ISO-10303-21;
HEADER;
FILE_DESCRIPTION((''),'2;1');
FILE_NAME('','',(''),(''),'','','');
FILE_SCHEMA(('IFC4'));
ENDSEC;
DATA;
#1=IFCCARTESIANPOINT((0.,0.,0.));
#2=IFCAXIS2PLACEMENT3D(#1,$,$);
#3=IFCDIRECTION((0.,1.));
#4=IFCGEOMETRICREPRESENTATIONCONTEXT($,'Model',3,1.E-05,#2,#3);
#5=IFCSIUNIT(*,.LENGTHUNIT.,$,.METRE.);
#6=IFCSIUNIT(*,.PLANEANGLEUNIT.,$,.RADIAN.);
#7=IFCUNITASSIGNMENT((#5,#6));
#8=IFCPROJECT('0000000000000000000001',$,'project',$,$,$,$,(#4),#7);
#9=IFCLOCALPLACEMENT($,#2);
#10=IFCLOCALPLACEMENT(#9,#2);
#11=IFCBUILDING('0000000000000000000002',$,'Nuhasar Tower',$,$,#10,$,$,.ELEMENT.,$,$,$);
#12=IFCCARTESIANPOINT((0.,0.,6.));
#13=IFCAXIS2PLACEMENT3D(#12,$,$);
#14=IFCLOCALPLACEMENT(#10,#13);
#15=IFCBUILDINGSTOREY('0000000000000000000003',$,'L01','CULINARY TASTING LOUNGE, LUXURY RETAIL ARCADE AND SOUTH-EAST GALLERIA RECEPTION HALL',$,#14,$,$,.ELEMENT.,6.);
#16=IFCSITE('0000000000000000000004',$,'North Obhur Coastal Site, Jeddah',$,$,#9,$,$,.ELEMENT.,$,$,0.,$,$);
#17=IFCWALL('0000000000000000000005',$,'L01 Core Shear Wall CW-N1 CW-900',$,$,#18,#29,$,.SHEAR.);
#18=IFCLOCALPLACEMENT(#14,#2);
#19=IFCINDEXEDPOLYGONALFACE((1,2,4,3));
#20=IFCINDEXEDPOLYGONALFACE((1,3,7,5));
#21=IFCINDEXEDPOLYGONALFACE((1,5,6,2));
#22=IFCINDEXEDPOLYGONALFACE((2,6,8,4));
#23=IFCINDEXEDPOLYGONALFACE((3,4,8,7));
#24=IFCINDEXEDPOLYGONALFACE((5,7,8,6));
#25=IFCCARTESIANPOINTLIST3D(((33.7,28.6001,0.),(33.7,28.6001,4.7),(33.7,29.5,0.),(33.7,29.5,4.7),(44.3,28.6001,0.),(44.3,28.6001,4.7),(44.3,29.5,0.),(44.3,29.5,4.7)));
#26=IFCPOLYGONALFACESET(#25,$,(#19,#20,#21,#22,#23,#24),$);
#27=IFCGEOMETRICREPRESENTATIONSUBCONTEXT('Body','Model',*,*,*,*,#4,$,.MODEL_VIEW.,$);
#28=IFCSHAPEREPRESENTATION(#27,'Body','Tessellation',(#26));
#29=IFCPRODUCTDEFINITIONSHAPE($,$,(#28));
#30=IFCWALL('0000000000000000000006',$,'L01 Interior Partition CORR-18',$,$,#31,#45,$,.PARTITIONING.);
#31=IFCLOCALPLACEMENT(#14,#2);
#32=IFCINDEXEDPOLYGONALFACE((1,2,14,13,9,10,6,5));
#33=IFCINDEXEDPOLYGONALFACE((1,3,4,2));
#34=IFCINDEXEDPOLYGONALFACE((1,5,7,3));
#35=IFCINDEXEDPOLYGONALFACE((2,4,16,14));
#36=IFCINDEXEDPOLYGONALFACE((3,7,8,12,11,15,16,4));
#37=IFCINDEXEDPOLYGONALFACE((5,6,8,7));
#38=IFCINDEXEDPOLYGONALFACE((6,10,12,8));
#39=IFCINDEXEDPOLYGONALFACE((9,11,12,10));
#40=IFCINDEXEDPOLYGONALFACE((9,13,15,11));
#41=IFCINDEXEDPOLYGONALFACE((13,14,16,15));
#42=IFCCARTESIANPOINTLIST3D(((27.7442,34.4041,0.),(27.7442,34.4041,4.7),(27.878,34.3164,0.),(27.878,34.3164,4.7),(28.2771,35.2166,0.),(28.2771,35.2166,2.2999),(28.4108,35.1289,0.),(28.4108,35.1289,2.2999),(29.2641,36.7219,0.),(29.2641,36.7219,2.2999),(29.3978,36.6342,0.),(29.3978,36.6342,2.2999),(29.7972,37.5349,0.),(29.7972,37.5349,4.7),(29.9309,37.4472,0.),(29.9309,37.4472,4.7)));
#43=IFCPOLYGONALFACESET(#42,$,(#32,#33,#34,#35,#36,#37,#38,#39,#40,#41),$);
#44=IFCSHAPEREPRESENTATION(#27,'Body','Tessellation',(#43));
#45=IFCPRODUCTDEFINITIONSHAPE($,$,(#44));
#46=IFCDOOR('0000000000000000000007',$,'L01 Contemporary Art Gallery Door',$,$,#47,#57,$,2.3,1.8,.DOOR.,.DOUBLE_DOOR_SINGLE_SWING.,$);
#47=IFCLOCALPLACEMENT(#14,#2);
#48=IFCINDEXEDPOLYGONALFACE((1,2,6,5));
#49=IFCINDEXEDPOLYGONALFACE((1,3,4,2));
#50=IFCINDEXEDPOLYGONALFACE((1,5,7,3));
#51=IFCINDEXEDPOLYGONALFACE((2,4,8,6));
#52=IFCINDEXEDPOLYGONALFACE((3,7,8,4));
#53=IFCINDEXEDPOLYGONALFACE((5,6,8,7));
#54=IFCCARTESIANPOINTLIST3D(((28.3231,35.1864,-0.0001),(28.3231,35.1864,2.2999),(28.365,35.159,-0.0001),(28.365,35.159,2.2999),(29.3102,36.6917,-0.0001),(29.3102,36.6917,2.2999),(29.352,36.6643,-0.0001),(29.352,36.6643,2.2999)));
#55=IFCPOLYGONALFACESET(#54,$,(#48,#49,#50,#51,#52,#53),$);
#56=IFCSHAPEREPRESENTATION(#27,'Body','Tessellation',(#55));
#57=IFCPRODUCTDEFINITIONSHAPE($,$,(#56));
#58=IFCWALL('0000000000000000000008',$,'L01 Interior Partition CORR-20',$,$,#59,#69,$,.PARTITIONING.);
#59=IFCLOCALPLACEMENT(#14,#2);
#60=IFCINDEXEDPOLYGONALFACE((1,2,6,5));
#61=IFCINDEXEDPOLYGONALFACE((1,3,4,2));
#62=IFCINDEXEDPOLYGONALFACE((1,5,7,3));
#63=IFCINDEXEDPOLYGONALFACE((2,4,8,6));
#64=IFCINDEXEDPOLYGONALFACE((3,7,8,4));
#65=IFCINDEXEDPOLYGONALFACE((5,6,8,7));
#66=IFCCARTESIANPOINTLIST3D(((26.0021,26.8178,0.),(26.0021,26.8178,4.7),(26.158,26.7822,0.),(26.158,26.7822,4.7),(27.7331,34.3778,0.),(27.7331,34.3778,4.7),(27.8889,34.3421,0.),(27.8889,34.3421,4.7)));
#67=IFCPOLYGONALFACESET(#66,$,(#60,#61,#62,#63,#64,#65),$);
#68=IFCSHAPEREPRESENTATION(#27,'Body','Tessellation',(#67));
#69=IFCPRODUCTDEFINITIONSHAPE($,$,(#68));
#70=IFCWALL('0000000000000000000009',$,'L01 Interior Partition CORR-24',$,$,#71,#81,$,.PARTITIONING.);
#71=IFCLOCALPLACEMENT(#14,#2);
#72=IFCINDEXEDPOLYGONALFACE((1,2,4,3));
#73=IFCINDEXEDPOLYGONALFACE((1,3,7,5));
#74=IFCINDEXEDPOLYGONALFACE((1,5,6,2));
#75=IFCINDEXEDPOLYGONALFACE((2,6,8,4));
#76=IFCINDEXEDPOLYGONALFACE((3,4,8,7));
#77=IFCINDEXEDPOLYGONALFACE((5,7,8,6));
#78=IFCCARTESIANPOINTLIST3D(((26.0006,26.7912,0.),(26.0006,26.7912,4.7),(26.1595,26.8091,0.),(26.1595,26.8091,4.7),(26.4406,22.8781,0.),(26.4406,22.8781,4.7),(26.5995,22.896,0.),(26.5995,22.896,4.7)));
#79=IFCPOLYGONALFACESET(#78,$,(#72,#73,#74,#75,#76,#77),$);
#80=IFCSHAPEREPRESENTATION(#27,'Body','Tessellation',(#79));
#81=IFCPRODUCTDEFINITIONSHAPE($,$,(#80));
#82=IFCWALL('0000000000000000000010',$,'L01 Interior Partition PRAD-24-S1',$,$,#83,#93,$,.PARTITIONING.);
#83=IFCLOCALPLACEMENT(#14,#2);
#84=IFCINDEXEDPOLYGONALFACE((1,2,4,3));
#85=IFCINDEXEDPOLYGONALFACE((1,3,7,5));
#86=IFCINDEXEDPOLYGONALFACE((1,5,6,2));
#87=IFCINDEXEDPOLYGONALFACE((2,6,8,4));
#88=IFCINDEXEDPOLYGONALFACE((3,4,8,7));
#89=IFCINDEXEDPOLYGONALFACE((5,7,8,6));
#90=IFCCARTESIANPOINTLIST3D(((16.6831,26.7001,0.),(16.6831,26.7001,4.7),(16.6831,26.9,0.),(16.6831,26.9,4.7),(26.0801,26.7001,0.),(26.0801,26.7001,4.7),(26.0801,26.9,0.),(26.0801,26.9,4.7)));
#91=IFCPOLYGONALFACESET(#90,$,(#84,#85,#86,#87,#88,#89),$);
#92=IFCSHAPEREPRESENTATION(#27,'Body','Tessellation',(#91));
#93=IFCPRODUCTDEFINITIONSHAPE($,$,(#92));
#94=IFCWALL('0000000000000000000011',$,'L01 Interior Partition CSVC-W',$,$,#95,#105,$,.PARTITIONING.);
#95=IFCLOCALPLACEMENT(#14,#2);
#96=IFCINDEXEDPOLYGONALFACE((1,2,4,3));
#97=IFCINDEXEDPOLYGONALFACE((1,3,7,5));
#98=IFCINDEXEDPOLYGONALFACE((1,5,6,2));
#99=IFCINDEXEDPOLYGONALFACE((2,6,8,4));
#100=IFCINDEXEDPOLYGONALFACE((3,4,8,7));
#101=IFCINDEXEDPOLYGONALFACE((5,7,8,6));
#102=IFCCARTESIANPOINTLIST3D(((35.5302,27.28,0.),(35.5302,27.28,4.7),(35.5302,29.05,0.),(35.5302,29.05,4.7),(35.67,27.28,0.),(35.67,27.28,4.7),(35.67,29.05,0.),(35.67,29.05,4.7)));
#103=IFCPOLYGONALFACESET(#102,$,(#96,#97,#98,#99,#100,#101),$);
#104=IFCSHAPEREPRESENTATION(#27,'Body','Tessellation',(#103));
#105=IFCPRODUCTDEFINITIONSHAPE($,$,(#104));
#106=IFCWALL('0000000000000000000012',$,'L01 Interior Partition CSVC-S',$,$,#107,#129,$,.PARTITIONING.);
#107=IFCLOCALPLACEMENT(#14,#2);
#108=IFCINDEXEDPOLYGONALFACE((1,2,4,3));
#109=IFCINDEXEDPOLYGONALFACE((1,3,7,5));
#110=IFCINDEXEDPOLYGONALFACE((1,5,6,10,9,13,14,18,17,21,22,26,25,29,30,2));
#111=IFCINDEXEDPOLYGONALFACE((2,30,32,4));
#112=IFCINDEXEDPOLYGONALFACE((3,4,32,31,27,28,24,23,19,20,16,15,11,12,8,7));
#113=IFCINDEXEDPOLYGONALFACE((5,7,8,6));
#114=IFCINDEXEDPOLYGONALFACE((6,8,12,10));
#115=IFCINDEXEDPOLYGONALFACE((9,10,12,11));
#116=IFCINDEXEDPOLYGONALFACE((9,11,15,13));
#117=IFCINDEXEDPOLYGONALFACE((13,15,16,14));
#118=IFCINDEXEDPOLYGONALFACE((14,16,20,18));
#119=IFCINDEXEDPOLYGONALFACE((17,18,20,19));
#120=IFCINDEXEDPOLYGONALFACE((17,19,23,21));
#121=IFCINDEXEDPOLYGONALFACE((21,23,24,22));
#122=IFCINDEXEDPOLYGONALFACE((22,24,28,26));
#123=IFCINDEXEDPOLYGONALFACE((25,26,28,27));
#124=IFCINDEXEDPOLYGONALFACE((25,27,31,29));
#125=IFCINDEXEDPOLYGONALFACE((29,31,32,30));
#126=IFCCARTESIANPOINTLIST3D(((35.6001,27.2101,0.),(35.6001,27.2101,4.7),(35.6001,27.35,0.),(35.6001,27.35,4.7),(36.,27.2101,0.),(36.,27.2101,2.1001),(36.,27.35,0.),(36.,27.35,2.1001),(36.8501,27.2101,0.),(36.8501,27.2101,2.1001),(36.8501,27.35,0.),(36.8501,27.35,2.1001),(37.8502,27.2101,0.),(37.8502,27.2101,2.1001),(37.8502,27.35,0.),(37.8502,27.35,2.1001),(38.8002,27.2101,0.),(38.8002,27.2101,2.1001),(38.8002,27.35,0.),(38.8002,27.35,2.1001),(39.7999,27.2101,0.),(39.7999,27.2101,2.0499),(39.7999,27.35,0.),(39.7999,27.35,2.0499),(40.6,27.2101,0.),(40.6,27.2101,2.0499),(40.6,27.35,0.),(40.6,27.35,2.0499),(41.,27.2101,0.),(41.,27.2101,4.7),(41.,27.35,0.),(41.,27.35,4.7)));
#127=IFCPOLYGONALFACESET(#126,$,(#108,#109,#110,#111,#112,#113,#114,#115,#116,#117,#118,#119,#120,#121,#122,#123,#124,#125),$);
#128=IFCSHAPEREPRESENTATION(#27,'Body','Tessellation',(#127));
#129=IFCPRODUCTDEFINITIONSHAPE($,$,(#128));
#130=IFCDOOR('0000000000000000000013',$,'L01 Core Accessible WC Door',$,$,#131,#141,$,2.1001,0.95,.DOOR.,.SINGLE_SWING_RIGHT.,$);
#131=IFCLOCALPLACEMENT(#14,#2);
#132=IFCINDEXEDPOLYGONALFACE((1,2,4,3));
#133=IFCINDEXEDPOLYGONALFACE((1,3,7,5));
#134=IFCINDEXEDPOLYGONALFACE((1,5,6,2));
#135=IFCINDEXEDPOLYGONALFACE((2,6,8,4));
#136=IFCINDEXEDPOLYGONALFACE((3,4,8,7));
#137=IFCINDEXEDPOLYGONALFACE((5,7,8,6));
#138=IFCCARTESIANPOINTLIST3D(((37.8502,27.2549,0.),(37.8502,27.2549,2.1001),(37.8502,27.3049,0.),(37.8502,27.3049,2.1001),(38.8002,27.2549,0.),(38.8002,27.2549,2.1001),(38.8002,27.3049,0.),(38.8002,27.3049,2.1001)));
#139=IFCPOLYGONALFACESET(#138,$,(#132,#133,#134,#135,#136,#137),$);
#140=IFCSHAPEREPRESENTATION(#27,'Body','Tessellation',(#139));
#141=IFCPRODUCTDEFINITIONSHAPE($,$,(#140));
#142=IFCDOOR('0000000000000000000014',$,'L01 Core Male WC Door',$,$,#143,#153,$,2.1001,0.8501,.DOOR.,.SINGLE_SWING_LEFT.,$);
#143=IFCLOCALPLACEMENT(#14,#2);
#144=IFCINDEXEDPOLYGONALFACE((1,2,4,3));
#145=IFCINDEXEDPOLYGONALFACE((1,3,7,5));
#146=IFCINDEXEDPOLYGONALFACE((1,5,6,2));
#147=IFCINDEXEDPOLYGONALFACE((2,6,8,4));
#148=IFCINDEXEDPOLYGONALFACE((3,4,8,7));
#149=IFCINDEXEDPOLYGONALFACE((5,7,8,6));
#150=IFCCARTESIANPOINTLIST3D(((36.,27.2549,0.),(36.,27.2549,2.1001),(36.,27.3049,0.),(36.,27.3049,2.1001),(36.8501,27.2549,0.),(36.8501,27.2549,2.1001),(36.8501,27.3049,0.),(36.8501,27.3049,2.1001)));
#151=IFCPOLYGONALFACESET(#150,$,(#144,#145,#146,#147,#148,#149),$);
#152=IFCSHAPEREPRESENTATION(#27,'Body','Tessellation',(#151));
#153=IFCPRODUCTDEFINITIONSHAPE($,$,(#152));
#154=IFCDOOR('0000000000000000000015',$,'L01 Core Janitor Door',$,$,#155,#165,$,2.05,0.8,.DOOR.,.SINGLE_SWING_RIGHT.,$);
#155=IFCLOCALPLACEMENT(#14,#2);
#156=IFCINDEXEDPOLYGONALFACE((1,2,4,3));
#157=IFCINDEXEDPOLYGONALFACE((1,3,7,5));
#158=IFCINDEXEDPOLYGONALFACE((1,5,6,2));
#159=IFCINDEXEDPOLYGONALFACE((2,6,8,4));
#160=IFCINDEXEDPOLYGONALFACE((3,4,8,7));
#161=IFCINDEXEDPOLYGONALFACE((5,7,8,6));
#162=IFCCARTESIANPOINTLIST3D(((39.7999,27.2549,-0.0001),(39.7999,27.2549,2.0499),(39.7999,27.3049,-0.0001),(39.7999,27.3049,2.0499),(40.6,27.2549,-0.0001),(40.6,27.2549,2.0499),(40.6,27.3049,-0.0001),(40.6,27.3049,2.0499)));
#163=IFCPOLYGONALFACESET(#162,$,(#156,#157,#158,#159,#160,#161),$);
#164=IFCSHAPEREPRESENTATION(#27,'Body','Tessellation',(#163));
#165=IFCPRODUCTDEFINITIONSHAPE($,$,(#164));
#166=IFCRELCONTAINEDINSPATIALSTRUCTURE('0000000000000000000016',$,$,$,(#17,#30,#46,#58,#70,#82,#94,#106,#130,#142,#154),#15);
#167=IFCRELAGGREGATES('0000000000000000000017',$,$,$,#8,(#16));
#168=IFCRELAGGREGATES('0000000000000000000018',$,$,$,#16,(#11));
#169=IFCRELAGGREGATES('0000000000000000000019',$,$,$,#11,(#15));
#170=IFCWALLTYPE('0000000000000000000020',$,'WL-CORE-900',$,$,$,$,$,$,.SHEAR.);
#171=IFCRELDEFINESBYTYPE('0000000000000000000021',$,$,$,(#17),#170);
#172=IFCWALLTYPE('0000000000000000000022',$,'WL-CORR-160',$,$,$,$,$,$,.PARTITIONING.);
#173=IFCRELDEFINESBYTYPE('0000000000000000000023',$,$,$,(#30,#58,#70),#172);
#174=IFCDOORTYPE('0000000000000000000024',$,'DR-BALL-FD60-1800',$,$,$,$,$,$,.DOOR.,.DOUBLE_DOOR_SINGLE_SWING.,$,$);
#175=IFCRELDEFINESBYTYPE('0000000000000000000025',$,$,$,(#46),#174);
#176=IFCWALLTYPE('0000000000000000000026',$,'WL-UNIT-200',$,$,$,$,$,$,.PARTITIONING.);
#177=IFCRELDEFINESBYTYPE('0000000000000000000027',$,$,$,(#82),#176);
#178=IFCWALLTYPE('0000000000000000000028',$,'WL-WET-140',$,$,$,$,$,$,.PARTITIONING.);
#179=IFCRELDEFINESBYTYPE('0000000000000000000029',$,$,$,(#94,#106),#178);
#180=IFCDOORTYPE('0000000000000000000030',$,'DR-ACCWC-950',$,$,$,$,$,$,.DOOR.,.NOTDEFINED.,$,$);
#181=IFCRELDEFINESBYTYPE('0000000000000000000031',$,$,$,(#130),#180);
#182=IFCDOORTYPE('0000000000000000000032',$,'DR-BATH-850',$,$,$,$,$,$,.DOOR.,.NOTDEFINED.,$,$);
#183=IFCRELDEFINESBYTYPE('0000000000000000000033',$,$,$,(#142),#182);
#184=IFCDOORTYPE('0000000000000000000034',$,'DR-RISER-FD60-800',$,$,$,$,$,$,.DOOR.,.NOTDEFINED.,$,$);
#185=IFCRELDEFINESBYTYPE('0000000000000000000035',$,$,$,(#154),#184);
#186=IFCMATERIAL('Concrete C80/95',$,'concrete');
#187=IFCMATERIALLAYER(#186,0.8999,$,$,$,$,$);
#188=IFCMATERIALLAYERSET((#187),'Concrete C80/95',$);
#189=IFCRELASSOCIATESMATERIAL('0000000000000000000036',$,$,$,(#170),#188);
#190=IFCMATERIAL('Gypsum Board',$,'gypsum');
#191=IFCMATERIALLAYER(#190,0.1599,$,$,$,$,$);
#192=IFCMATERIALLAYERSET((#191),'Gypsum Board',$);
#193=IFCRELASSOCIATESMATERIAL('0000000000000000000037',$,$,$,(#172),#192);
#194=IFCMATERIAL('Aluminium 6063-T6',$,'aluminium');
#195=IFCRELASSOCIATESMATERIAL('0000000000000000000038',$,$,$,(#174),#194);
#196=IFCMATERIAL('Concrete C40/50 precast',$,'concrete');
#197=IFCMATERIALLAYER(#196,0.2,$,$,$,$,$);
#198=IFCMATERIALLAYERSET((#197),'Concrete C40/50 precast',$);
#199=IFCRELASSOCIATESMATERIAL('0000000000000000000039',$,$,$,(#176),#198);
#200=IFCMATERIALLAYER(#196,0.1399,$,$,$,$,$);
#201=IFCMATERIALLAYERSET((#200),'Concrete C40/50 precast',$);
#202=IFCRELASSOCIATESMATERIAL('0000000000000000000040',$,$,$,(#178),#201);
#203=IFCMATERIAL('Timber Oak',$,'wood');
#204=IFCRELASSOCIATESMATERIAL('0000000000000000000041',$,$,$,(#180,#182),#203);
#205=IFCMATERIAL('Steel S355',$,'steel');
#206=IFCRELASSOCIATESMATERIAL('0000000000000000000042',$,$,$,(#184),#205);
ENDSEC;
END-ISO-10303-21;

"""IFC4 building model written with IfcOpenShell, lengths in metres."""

from ifc_helpers import new_model, si_unit, direction, frame, frame_2d, origin, place, context, subcontext, project, spatial, rectangle, extrude, material, layer, layer_set, type_object, element, fill, save


model = new_model("IFC4")

# Units and contexts
model_context = context("Model", 3, precision=1e-05, world=origin(), true_north=direction((0.0, 1.0)))
body_context = subcontext(model_context, "Body", "Model", "MODEL_VIEW")
ifc_project = project(units=[si_unit("LENGTHUNIT", "METRE"), si_unit("PLANEANGLEUNIT", "RADIAN")], contexts=[model_context])

# Site, building, storey
site_placement = place(None, origin())
site = spatial("IfcSite", under=ifc_project, at=site_placement, Name="North Obhur Coastal Site, Jeddah", CompositionType="ELEMENT", RefElevation=0.0)
building_placement = place(site_placement, origin())
building = spatial("IfcBuilding", under=site, at=building_placement, Name="Nuhasar Tower", CompositionType="ELEMENT")
storey_placement = place(building_placement, frame((0.0, 0.0, 6.0)))
storey = spatial("IfcBuildingStorey", under=building, at=storey_placement, Name="L01", Description="CULINARY TASTING LOUNGE, LUXURY RETAIL ARCADE AND SOUTH-EAST GALLERIA RECEPTION HALL", CompositionType="ELEMENT", Elevation=6.0)

# Shared definitions
ifc_material_1 = material(Name="Concrete C80/95", Category="concrete")

# Shared definitions
ifc_material_2 = material(Name="Steel S355", Category="steel")

# Wall
ifc_layer_1 = layer(ifc_material_1, 0.8999)
ifc_layer_set_1 = layer_set([ifc_layer_1], Name="Concrete C80/95")
wall_type_1 = type_object("IfcWallType", Name="WL-CORE-900", PredefinedType="SHEAR", material=ifc_layer_set_1)
wall_1_placement = place(storey_placement, frame((33.7, 29.05, 0.0), z_axis=(0.0, 0.0, 1.0), x_axis=(1.0, 0.0, 0.0)))
element("IfcWall", 1, at=wall_1_placement, inside=storey, type_object=wall_type_1, Name="L01 Core Shear Wall CW-N1 CW-900", PredefinedType="SHEAR", context=body_context, shape_type="SweptSolid", body=[
    extrude(rectangle(XDim=10.6001, YDim=0.8999, at=frame_2d((5.3, 0.0))), origin(), (0.0, 0.0, 1.0), 4.7),
])

# Wall, opening, door
ifc_material_3 = material(Name="Gypsum Board", Category="gypsum")
ifc_layer_2 = layer(ifc_material_3, 0.1599)
ifc_layer_set_2 = layer_set([ifc_layer_2], Name="Gypsum Board")
wall_type_2 = type_object("IfcWallType", Name="WL-CORR-160", PredefinedType="PARTITIONING", material=ifc_layer_set_2)
wall_2_placement = place(storey_placement, frame((27.811, 34.3601, 0.0), z_axis=(0.0, 0.0, 1.0), x_axis=(0.548349, 0.83625, 0.0)))
wall_2 = element("IfcWall", 2, at=wall_2_placement, inside=storey, type_object=wall_type_2, Name="L01 Interior Partition CORR-18", PredefinedType="PARTITIONING", context=body_context, shape_type="SweptSolid", body=[
    extrude(rectangle(XDim=3.7439, YDim=0.1599, at=frame_2d((1.8721, 0.0))), origin(), (0.0, 0.0, 1.0), 4.7),
])
opening_1_placement = place(wall_2_placement, frame((0.9719, 0.0, 0.0)))
opening_1 = element("IfcOpeningElement", 3, at=opening_1_placement, cuts=wall_2, PredefinedType="OPENING", context=body_context, shape_type="SweptSolid", body=[
    extrude(rectangle(XDim=1.8, YDim=2.3, at=frame_2d((0.8999, 1.1499))), frame((0.0, 0.0898, 0.0), z_axis=(0.0, -1.0, 0.0), x_axis=(1.0, 0.0, 0.0)), (0.0, 0.0, 1.0), 0.1799),
])
ifc_material_4 = material(Name="Aluminium 6063-T6", Category="aluminium")
door_type_1 = type_object("IfcDoorType", Name="DR-BALL-FD60-1800", OperationType="DOUBLE_DOOR_SINGLE_SWING", PredefinedType="DOOR", material=ifc_material_4)
door_1_placement = place(opening_1_placement, origin())
door_1 = element("IfcDoor", 4, at=door_1_placement, inside=storey, type_object=door_type_1, Name="L01 Contemporary Art Gallery Door", OperationType="DOUBLE_DOOR_SINGLE_SWING", OverallHeight=2.3, OverallWidth=1.8, PredefinedType="DOOR", context=body_context, shape_type="SweptSolid", body=[
    extrude(rectangle(XDim=1.8, YDim=2.3, at=frame_2d((0.8999, 1.1499))), frame((0.0, 0.0249, 0.0), z_axis=(0.0, -1.0, 0.0), x_axis=(1.0, 0.0, 0.0)), (0.0, 0.0, 1.0), 0.05),
])
fill(opening_1, door_1)

# Walls
wall_3_placement = place(storey_placement, frame((27.811, 34.3601, 0.0), z_axis=(0.0, 0.0, 1.0), x_axis=(-0.223185, -0.974776, 0.0)))
element("IfcWall", 5, at=wall_3_placement, inside=storey, type_object=wall_type_2, Name="L01 Interior Partition CORR-20", PredefinedType="PARTITIONING", context=body_context, shape_type="SweptSolid", body=[
    extrude(rectangle(XDim=7.7556, YDim=0.1599, at=frame_2d((3.8779, 0.0))), origin(), (0.0, 0.0, 1.0), 4.7),
])
wall_4_placement = place(storey_placement, frame((26.0801, 26.8, 0.0), z_axis=(0.0, 0.0, 1.0), x_axis=(0.111724, -0.993739, 0.0)))
element("IfcWall", 6, at=wall_4_placement, inside=storey, type_object=wall_type_2, Name="L01 Interior Partition CORR-24", PredefinedType="PARTITIONING", context=body_context, shape_type="SweptSolid", body=[
    extrude(rectangle(XDim=3.9377, YDim=0.1599, at=frame_2d((1.9688, 0.0))), origin(), (0.0, 0.0, 1.0), 4.7),
])
ifc_material_5 = material(Name="Concrete C40/50 precast", Category="concrete")
ifc_layer_3 = layer(ifc_material_5, 0.2)
ifc_layer_set_3 = layer_set([ifc_layer_3], Name="Concrete C40/50 precast")
wall_type_3 = type_object("IfcWallType", Name="WL-UNIT-200", PredefinedType="PARTITIONING", material=ifc_layer_set_3)
wall_5_placement = place(storey_placement, frame((26.0801, 26.8, 0.0), z_axis=(0.0, 0.0, 1.0), x_axis=(-1.0, 0.0, 0.0)))
element("IfcWall", 7, at=wall_5_placement, inside=storey, type_object=wall_type_3, Name="L01 Interior Partition PRAD-24-S1", PredefinedType="PARTITIONING", context=body_context, shape_type="SweptSolid", body=[
    extrude(rectangle(XDim=9.397, YDim=0.2, at=frame_2d((4.6985, 0.0))), origin(), (0.0, 0.0, 1.0), 4.7),
])
ifc_layer_4 = layer(ifc_material_5, 0.1399)
ifc_layer_set_4 = layer_set([ifc_layer_4], Name="Concrete C40/50 precast")
wall_type_4 = type_object("IfcWallType", Name="WL-WET-140", PredefinedType="PARTITIONING", material=ifc_layer_set_4)
wall_6_placement = place(storey_placement, frame((35.6001, 27.28, 0.0), z_axis=(0.0, 0.0, 1.0), x_axis=(0.0, 1.0, 0.0)))
element("IfcWall", 8, at=wall_6_placement, inside=storey, type_object=wall_type_4, Name="L01 Interior Partition CSVC-W", PredefinedType="PARTITIONING", context=body_context, shape_type="SweptSolid", body=[
    extrude(rectangle(XDim=1.77, YDim=0.1399, at=frame_2d((0.885, 0.0))), origin(), (0.0, 0.0, 1.0), 4.7),
])

# Wall, openings, doors
wall_7_placement = place(storey_placement, frame((35.6001, 27.28, 0.0), z_axis=(0.0, 0.0, 1.0), x_axis=(1.0, 0.0, 0.0)))
wall_7 = element("IfcWall", 9, at=wall_7_placement, inside=storey, type_object=wall_type_4, Name="L01 Interior Partition CSVC-S", PredefinedType="PARTITIONING", context=body_context, shape_type="SweptSolid", body=[
    extrude(rectangle(XDim=5.3999, YDim=0.1399, at=frame_2d((2.7, 0.0))), origin(), (0.0, 0.0, 1.0), 4.7),
])
opening_2_placement = place(wall_7_placement, frame((0.3999, 0.0, 0.0)))
opening_2 = element("IfcOpeningElement", 10, at=opening_2_placement, cuts=wall_7, PredefinedType="OPENING", context=body_context, shape_type="SweptSolid", body=[
    extrude(rectangle(XDim=0.8501, YDim=2.1001, at=frame_2d((0.425, 1.05))), frame((0.0, 0.0801, 0.0), z_axis=(0.0, -1.0, 0.0), x_axis=(1.0, 0.0, 0.0)), (0.0, 0.0, 1.0), 0.1599),
])
opening_3_placement = place(wall_7_placement, frame((2.25, 0.0, 0.0)))
opening_3 = element("IfcOpeningElement", 11, at=opening_3_placement, cuts=wall_7, PredefinedType="OPENING", context=body_context, shape_type="SweptSolid", body=[
    extrude(rectangle(XDim=0.95, YDim=2.1001, at=frame_2d((0.4751, 1.05))), frame((0.0, 0.0801, 0.0), z_axis=(0.0, -1.0, 0.0), x_axis=(1.0, 0.0, 0.0)), (0.0, 0.0, 1.0), 0.1599),
])
opening_4_placement = place(wall_7_placement, frame((4.2, 0.0, 0.0)))
opening_4 = element("IfcOpeningElement", 12, at=opening_4_placement, cuts=wall_7, PredefinedType="OPENING", context=body_context, shape_type="SweptSolid", body=[
    extrude(rectangle(XDim=0.8, YDim=2.05, at=frame_2d((0.3999, 1.0249))), frame((0.0, 0.0801, 0.0), z_axis=(0.0, -1.0, 0.0), x_axis=(1.0, 0.0, 0.0)), (0.0, 0.0, 1.0), 0.1599),
])
ifc_material_6 = material(Name="Timber Oak", Category="wood")
door_type_2 = type_object("IfcDoorType", Name="DR-ACCWC-950", OperationType="NOTDEFINED", PredefinedType="DOOR", material=ifc_material_6)
door_2_placement = place(opening_3_placement, origin())
door_2 = element("IfcDoor", 13, at=door_2_placement, inside=storey, type_object=door_type_2, Name="L01 Core Accessible WC Door", OperationType="SINGLE_SWING_RIGHT", OverallHeight=2.1001, OverallWidth=0.95, PredefinedType="DOOR", context=body_context, shape_type="SweptSolid", body=[
    extrude(rectangle(XDim=0.95, YDim=2.1001, at=frame_2d((0.4751, 1.05))), frame((0.0, 0.0249, 0.0), z_axis=(0.0, -1.0, 0.0), x_axis=(1.0, 0.0, 0.0)), (0.0, 0.0, 1.0), 0.05),
])
fill(opening_3, door_2)
door_type_3 = type_object("IfcDoorType", Name="DR-BATH-850", OperationType="NOTDEFINED", PredefinedType="DOOR", material=ifc_material_6)
door_3_placement = place(opening_2_placement, origin())
door_3 = element("IfcDoor", 14, at=door_3_placement, inside=storey, type_object=door_type_3, Name="L01 Core Male WC Door", OperationType="SINGLE_SWING_LEFT", OverallHeight=2.1001, OverallWidth=0.8501, PredefinedType="DOOR", context=body_context, shape_type="SweptSolid", body=[
    extrude(rectangle(XDim=0.8501, YDim=2.1001, at=frame_2d((0.425, 1.05))), frame((0.0, 0.0249, 0.0), z_axis=(0.0, -1.0, 0.0), x_axis=(1.0, 0.0, 0.0)), (0.0, 0.0, 1.0), 0.05),
])
fill(opening_2, door_3)
door_type_4 = type_object("IfcDoorType", Name="DR-RISER-FD60-800", OperationType="NOTDEFINED", PredefinedType="DOOR", material=ifc_material_2)
door_4_placement = place(opening_4_placement, origin())
door_4 = element("IfcDoor", 15, at=door_4_placement, inside=storey, type_object=door_type_4, Name="L01 Core Janitor Door", OperationType="SINGLE_SWING_RIGHT", OverallHeight=2.05, OverallWidth=0.8, PredefinedType="DOOR", context=body_context, shape_type="SweptSolid", body=[
    extrude(rectangle(XDim=0.8, YDim=2.05, at=frame_2d((0.3999, 1.0249))), frame((0.0, 0.0249, 0.0), z_axis=(0.0, -1.0, 0.0), x_axis=(1.0, 0.0, 0.0)), (0.0, 0.0, 1.0), 0.05),
])
fill(opening_4, door_4)

save(model, "model.ifc")
